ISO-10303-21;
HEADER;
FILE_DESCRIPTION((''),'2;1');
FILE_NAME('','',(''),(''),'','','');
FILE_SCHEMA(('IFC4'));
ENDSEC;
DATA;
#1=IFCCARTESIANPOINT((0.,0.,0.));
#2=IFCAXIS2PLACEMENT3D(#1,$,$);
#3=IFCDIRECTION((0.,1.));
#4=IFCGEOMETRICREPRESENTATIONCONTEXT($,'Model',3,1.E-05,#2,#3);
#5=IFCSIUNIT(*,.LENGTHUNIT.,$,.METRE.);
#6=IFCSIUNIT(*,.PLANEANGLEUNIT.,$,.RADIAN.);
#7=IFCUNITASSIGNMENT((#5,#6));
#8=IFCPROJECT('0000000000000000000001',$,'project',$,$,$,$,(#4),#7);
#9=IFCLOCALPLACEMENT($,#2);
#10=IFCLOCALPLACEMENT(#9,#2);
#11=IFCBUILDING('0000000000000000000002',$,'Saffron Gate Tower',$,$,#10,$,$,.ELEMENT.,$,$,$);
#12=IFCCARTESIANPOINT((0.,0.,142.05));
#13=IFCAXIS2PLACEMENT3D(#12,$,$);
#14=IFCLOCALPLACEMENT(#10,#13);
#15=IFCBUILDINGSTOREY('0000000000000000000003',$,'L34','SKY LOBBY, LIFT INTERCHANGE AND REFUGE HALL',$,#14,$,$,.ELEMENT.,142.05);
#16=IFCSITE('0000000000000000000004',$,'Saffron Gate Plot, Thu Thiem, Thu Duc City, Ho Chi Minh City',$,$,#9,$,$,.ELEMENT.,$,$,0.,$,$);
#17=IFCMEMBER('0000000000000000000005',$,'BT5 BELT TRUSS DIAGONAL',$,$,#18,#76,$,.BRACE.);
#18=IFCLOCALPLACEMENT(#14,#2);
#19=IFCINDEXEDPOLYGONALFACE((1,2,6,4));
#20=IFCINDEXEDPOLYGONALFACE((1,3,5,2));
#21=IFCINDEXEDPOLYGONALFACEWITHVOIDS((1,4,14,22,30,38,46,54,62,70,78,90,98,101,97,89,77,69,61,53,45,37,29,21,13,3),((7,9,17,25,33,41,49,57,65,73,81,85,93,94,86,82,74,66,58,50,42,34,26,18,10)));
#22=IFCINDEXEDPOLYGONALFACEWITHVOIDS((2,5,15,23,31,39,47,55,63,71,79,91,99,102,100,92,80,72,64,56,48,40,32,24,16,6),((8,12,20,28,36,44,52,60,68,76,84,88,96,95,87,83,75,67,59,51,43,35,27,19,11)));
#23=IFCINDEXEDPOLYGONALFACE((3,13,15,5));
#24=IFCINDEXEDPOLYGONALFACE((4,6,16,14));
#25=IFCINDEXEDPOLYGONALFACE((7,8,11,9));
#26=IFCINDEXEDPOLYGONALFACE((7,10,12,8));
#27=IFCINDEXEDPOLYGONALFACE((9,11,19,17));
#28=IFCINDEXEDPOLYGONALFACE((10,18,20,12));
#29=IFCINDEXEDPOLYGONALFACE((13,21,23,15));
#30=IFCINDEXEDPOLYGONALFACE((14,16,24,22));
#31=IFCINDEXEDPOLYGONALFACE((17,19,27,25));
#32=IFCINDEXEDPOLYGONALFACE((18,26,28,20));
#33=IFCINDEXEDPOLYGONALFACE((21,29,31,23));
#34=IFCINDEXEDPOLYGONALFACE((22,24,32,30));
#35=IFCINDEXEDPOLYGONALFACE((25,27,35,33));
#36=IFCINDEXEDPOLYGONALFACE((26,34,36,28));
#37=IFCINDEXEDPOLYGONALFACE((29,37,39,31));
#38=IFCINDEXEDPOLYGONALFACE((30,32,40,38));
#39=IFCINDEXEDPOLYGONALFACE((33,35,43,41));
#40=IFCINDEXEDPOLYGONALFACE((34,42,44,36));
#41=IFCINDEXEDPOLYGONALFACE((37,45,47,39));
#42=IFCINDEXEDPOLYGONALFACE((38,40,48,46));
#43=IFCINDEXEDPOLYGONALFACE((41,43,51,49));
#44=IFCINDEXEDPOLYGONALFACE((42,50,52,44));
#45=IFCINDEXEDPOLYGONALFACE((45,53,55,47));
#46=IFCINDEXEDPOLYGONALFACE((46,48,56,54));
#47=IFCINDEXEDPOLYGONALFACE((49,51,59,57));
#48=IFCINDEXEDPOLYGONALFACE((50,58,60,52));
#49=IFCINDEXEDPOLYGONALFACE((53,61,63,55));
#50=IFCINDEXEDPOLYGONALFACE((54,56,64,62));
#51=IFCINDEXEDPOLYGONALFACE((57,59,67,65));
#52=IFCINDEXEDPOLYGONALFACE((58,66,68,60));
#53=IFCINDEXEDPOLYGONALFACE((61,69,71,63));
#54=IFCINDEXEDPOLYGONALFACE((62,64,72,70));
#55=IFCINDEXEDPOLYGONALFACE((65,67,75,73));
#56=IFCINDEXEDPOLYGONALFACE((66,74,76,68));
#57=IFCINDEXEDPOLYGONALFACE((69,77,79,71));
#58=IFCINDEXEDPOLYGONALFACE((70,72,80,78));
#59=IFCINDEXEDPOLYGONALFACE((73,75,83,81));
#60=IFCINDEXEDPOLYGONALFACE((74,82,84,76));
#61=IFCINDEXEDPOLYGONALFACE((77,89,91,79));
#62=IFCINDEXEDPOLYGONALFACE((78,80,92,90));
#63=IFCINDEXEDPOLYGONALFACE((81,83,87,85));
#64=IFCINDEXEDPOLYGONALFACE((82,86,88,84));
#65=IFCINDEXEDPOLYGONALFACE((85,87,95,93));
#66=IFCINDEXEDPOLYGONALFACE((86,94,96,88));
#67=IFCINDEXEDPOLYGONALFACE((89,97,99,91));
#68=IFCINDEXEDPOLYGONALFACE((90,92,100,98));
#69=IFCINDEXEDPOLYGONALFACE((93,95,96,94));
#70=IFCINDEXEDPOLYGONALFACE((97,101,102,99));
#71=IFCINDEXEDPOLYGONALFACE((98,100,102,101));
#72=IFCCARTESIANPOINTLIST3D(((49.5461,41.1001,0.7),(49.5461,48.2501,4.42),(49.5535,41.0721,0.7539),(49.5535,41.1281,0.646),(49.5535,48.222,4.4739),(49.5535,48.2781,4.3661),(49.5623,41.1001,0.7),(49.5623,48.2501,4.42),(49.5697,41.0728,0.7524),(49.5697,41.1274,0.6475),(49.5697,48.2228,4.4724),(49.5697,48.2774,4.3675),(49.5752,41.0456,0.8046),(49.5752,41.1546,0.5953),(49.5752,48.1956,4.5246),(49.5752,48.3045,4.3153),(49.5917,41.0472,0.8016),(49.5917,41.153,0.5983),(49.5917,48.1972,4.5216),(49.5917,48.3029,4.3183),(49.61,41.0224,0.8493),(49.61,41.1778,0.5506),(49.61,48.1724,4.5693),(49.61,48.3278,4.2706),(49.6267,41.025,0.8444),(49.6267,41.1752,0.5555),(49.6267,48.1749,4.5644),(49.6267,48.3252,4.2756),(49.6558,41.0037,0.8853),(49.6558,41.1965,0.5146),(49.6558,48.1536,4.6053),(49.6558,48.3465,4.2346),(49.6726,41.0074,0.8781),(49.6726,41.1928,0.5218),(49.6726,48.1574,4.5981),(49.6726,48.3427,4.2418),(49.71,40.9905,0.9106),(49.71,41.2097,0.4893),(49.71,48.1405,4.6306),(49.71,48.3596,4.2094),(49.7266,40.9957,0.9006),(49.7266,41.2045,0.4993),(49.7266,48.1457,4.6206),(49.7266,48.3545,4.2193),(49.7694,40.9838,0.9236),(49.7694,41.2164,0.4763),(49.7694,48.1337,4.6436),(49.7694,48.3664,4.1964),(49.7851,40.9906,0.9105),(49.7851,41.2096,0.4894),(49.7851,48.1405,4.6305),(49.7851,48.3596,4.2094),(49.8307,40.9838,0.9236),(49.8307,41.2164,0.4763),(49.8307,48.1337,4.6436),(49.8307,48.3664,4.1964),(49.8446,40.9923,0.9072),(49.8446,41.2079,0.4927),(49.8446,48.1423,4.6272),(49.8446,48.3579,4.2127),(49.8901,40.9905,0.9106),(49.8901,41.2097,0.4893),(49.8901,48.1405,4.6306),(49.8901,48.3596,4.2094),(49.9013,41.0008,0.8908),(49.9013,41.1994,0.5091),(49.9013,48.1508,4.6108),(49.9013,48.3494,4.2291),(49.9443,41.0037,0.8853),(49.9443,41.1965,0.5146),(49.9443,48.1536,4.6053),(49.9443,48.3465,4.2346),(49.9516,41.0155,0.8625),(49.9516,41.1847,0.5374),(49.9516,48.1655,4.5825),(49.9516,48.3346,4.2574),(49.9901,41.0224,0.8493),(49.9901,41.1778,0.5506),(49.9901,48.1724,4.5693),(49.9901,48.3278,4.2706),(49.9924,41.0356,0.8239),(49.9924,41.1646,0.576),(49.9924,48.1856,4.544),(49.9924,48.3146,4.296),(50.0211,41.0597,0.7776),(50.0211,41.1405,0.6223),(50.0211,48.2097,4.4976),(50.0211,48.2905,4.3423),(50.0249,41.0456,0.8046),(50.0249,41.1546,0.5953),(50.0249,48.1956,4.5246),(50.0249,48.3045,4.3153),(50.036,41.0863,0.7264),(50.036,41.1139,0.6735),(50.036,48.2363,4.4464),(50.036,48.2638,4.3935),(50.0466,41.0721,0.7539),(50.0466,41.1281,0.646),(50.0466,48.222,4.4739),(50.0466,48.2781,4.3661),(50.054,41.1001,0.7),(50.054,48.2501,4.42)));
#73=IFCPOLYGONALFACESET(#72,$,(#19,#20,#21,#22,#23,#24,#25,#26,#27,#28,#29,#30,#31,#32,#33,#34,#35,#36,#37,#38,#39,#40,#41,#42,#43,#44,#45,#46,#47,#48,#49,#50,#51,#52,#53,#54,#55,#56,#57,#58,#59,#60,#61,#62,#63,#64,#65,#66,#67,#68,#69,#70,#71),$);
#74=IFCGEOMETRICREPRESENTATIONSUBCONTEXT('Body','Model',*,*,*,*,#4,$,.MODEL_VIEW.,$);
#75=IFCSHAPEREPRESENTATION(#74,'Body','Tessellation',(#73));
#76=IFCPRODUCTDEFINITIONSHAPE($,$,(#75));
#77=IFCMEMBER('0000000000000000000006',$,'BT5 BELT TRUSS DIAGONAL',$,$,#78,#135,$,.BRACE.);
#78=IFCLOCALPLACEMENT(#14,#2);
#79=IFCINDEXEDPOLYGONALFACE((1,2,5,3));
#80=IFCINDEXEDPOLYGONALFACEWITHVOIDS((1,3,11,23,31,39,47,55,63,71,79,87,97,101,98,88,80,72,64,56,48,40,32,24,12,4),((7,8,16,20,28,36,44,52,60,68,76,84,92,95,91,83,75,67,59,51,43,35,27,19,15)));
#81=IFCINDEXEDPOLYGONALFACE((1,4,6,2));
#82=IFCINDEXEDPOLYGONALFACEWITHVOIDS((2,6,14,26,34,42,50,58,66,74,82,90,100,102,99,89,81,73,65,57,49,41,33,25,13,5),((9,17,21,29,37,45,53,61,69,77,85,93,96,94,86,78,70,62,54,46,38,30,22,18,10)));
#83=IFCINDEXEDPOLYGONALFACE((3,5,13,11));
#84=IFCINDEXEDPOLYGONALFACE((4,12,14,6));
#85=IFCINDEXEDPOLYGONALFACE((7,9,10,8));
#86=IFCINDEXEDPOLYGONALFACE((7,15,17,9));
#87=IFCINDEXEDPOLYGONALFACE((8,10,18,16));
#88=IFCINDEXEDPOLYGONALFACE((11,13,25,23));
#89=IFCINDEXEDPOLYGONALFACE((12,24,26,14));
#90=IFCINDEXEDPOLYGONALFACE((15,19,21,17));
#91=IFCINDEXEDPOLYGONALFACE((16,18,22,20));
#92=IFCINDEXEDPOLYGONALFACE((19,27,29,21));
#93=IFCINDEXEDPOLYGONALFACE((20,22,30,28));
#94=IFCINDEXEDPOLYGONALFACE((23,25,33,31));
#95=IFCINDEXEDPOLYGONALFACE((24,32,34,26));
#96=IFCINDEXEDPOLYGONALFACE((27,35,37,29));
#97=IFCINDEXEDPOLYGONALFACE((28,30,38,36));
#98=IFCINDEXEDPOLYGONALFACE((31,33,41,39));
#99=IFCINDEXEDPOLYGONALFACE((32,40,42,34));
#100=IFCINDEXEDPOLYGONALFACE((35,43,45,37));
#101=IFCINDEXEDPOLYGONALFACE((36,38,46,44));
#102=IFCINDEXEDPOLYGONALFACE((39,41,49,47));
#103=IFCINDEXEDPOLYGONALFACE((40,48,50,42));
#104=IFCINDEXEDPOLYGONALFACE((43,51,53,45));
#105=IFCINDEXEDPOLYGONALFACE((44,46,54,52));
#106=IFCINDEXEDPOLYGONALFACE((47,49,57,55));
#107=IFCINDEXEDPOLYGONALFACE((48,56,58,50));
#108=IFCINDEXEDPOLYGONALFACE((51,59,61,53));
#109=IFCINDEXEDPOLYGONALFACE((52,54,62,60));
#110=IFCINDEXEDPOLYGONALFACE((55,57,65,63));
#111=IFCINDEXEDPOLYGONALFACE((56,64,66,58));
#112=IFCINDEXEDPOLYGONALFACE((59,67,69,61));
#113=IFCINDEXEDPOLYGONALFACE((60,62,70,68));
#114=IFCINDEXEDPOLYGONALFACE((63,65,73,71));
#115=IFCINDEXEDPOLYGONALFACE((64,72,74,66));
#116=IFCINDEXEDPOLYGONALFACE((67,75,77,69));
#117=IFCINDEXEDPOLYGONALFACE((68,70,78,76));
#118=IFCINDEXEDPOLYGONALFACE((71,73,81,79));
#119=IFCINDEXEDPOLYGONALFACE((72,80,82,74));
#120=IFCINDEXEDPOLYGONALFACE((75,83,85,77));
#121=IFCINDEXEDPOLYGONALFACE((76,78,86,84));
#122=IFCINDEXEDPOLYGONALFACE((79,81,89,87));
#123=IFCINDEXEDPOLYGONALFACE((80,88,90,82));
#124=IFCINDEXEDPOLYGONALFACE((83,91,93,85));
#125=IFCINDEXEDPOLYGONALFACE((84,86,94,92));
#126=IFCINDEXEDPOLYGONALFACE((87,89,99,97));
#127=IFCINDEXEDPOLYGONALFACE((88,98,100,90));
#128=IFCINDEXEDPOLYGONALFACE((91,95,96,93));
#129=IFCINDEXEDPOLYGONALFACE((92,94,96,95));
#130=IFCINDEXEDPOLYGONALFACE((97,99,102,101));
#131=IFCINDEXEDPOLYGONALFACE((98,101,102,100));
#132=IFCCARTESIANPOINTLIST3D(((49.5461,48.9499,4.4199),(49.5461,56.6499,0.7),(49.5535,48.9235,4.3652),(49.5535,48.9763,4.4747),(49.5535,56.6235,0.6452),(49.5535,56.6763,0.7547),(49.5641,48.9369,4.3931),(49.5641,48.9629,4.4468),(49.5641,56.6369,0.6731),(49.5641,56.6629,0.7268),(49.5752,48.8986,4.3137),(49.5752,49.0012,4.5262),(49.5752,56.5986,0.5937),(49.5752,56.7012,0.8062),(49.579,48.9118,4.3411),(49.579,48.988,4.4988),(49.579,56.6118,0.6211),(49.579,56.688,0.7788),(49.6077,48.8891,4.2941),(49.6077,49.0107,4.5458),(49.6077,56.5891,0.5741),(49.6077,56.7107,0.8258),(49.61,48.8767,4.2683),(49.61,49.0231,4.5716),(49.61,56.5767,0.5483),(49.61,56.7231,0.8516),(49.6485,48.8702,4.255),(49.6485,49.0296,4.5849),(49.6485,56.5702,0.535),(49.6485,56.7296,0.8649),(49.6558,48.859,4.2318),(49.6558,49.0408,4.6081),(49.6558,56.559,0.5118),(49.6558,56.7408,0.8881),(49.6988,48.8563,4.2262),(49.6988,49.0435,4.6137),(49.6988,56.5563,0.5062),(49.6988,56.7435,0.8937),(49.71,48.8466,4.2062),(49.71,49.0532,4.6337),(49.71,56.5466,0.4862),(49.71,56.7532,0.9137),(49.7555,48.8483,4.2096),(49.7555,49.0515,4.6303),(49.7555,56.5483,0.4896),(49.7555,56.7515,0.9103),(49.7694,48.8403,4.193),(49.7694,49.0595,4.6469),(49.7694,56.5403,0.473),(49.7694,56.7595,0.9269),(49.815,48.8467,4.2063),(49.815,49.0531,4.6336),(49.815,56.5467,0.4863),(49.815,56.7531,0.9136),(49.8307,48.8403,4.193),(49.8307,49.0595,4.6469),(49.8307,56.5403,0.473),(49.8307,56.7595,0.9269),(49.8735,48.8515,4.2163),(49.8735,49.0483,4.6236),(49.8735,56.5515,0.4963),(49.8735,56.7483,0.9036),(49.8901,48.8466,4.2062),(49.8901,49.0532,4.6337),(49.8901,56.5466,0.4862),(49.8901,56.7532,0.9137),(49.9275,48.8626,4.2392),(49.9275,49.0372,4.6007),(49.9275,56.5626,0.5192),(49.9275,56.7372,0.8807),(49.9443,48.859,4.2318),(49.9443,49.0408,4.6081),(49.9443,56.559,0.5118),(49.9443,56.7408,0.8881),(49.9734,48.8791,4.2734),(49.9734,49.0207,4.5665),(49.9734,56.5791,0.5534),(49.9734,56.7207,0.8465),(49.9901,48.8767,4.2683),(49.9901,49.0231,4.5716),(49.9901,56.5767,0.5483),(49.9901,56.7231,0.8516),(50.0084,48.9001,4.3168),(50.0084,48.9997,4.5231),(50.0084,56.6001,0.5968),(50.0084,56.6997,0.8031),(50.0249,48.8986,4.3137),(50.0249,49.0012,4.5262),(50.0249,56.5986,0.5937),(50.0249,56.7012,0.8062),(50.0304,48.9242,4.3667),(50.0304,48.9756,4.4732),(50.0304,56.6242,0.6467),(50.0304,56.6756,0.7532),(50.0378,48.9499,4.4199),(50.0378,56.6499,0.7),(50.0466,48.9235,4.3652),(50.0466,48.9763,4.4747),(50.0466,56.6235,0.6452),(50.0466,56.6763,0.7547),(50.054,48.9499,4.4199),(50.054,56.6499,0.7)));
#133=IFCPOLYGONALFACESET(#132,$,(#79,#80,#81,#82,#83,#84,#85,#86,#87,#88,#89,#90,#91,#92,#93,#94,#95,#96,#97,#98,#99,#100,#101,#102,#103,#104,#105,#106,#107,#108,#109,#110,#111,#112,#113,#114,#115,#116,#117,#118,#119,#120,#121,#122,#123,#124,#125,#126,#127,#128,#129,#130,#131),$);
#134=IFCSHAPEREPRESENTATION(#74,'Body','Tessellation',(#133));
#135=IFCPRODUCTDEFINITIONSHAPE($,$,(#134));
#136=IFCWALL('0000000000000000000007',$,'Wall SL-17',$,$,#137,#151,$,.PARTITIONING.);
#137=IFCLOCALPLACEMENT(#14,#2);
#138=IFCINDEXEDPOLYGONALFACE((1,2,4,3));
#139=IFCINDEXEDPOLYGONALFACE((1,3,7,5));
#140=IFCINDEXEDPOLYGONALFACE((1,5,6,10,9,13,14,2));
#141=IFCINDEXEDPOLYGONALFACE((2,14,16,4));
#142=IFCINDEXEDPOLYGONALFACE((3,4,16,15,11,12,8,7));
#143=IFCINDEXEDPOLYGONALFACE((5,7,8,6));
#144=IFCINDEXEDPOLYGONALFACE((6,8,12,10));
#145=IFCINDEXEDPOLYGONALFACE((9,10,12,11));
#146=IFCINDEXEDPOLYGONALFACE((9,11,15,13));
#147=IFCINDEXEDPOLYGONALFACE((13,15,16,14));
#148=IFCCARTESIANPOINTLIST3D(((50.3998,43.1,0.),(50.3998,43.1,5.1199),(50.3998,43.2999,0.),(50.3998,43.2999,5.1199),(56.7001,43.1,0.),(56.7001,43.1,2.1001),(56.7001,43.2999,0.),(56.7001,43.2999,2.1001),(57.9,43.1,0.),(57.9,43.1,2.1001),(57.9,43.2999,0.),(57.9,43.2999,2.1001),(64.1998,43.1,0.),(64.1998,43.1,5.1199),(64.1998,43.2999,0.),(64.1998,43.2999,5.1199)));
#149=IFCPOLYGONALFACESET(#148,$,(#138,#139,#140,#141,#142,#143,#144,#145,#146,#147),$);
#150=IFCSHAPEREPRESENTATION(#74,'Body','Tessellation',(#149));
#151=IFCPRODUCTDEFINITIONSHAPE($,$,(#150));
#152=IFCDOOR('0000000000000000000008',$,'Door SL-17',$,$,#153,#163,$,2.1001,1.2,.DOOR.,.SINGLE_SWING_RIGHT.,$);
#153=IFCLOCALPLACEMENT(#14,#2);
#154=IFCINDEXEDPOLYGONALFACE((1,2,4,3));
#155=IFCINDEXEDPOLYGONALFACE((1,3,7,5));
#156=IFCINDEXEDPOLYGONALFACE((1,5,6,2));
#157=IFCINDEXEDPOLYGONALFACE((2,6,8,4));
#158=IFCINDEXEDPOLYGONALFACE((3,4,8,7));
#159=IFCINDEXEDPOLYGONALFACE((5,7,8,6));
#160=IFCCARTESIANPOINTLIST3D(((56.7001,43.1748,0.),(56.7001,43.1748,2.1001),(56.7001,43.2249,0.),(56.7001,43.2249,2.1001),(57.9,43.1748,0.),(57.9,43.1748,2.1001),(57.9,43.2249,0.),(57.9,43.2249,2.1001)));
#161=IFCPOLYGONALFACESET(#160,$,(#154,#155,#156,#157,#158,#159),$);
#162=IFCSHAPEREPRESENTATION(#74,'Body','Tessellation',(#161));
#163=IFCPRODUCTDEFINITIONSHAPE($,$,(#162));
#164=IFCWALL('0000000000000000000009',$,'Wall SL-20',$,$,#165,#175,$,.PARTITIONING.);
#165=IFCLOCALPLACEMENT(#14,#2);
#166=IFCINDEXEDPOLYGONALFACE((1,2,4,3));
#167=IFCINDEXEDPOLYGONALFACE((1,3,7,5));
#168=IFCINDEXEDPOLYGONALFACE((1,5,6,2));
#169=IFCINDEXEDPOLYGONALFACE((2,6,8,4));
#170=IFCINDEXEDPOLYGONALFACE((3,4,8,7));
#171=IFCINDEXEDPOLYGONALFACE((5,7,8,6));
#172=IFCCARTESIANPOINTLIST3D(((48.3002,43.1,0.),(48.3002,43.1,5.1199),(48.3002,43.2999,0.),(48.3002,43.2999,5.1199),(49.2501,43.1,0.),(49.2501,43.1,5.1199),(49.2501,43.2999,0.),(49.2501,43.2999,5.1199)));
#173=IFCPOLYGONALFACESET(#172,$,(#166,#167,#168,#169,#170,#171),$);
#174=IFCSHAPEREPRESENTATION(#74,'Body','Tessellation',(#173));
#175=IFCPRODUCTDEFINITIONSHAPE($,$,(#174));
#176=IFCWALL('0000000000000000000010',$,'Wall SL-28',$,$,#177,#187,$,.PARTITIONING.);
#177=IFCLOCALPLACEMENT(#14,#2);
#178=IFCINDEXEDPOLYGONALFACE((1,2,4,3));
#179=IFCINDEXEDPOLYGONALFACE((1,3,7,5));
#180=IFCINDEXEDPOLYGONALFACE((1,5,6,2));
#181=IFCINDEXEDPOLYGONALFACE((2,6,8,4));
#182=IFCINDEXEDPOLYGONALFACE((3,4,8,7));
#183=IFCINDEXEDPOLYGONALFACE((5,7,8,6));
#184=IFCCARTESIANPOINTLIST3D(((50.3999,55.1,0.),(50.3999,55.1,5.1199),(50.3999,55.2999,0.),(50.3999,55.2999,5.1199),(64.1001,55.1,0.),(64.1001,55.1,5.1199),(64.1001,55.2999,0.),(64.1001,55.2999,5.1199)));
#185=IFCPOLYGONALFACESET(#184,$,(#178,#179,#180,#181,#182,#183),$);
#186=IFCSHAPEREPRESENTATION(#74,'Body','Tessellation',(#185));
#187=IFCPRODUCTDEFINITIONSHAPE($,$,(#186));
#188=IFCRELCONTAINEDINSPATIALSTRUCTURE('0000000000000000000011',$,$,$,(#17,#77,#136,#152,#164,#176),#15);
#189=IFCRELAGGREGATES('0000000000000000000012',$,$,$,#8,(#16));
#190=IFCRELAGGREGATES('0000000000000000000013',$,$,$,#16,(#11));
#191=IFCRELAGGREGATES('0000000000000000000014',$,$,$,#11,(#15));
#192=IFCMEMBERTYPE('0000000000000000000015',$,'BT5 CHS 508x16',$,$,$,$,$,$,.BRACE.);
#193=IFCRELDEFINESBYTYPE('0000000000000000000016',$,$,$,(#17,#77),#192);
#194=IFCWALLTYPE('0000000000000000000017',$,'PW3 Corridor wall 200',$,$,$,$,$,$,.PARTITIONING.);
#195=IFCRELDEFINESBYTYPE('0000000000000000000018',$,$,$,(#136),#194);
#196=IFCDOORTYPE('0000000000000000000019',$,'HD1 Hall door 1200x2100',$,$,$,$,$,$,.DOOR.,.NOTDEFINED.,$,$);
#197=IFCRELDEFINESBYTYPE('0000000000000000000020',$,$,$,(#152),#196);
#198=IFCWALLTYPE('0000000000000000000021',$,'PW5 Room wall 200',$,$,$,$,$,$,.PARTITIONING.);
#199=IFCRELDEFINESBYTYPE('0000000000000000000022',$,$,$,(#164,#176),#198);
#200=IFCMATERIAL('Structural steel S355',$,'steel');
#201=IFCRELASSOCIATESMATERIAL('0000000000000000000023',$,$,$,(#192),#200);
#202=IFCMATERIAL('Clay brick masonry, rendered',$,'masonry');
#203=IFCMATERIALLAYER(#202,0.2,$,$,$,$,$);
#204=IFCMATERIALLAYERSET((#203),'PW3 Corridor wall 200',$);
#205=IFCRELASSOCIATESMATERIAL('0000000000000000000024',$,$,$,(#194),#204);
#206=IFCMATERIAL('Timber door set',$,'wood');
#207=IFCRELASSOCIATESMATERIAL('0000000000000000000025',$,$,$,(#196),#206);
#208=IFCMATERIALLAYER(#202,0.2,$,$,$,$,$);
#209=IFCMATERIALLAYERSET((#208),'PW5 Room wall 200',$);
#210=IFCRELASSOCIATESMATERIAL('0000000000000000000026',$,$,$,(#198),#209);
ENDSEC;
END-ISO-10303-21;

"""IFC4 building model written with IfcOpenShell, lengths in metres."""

from ifc_helpers import new_model, si_unit, direction, frame, frame_2d, origin, origin_2d, place, context, subcontext, project, spatial, rectangle, hollow_circle, extrude, material, layer, layer_set, material_profile, profile_set, type_object, element, fill, save


model = new_model("IFC4")

# Units and contexts
model_context = context("Model", 3, precision=1e-05, world=origin(), true_north=direction((0.0, 1.0)))
body_context = subcontext(model_context, "Body", "Model", "MODEL_VIEW")
ifc_project = project(units=[si_unit("LENGTHUNIT", "METRE"), si_unit("PLANEANGLEUNIT", "RADIAN")], contexts=[model_context])

# Site, building, storey
site_placement = place(None, origin())
site = spatial("IfcSite", under=ifc_project, at=site_placement, Name="Saffron Gate Plot, Thu Thiem, Thu Duc City, Ho Chi Minh City", CompositionType="ELEMENT", RefElevation=0.0)
building_placement = place(site_placement, origin())
building = spatial("IfcBuilding", under=site, at=building_placement, Name="Saffron Gate Tower", CompositionType="ELEMENT")
storey_placement = place(building_placement, frame((0.0, 0.0, 142.05)))
storey = spatial("IfcBuildingStorey", under=building, at=storey_placement, Name="L34", Description="SKY LOBBY, LIFT INTERCHANGE AND REFUGE HALL", CompositionType="ELEMENT", Elevation=142.05)

# Shared definitions
ifc_material_1 = material(Name="Structural steel S355", Category="steel")

# Members
ifc_material_profile_1 = material_profile(ifc_material_1, hollow_circle(Radius=0.2539, WallThickness=0.0161, at=origin_2d()))
ifc_profile_set_1 = profile_set([ifc_material_profile_1], Name="Structural steel S355")
member_type_1 = type_object("IfcMemberType", Name="BT5 CHS 508x16", PredefinedType="BRACE", material=ifc_profile_set_1)
member_1_placement = place(storey_placement, frame((49.8, 41.1001, 0.7), z_axis=(0.0, 0.887114, 0.46155), x_axis=(-1.0, 0.0, 0.0)))
element("IfcMember", 1, at=member_1_placement, inside=storey, type_object=member_type_1, Name="BT5 BELT TRUSS DIAGONAL", PredefinedType="BRACE", context=body_context, shape_type="SweptSolid", body=[
    extrude(hollow_circle(Radius=0.2539, WallThickness=0.0161, at=origin_2d()), origin(), (0.0, 0.0, 1.0), 8.0598),
])
member_2_placement = place(storey_placement, frame((49.8, 56.6499, 0.7), z_axis=(0.0, -0.900426, 0.43501), x_axis=(1.0, 0.0, 0.0)))
element("IfcMember", 2, at=member_2_placement, inside=storey, type_object=member_type_1, Name="BT5 BELT TRUSS DIAGONAL", PredefinedType="BRACE", context=body_context, shape_type="SweptSolid", body=[
    extrude(hollow_circle(Radius=0.2539, WallThickness=0.0161, at=origin_2d()), origin(), (0.0, 0.0, 1.0), 8.5515),
])

# Wall, opening, door
ifc_material_2 = material(Name="Clay brick masonry, rendered", Category="masonry")
ifc_layer_1 = layer(ifc_material_2, 0.2)
ifc_layer_set_1 = layer_set([ifc_layer_1], Name="PW3 Corridor wall 200")
wall_type_1 = type_object("IfcWallType", Name="PW3 Corridor wall 200", PredefinedType="PARTITIONING", material=ifc_layer_set_1)
wall_1_placement = place(storey_placement, frame((50.3999, 43.2, 0.0), z_axis=(0.0, 0.0, 1.0), x_axis=(1.0, 0.0, 0.0)))
wall_1 = element("IfcWall", 3, at=wall_1_placement, inside=storey, type_object=wall_type_1, Name="Wall SL-17", PredefinedType="PARTITIONING", context=body_context, shape_type="SweptSolid", body=[
    extrude(rectangle(XDim=13.8, YDim=0.2, at=frame_2d((6.8999, 0.0))), origin(), (0.0, 0.0, 1.0), 5.1199),
])
opening_placement = place(wall_1_placement, frame((6.3, 0.0, 0.0)))
opening = element("IfcOpeningElement", 4, at=opening_placement, cuts=wall_1, PredefinedType="OPENING", context=body_context, shape_type="SweptSolid", body=[
    extrude(rectangle(XDim=1.2, YDim=2.1001, at=frame_2d((0.6001, 1.05))), frame((0.0, 0.1099, 0.0), z_axis=(0.0, -1.0, 0.0), x_axis=(1.0, 0.0, 0.0)), (0.0, 0.0, 1.0), 0.22),
])
ifc_material_3 = material(Name="Timber door set", Category="wood")
door_type = type_object("IfcDoorType", Name="HD1 Hall door 1200x2100", OperationType="NOTDEFINED", PredefinedType="DOOR", material=ifc_material_3)
door_placement = place(opening_placement, origin())
door = element("IfcDoor", 5, at=door_placement, inside=storey, type_object=door_type, Name="Door SL-17", OperationType="SINGLE_SWING_RIGHT", OverallHeight=2.1001, OverallWidth=1.2, PredefinedType="DOOR", context=body_context, shape_type="SweptSolid", body=[
    extrude(rectangle(XDim=1.2, YDim=2.1001, at=frame_2d((0.6001, 1.05))), frame((0.0, 0.0249, 0.0), z_axis=(0.0, -1.0, 0.0), x_axis=(1.0, 0.0, 0.0)), (0.0, 0.0, 1.0), 0.05),
])
fill(opening, door)

# Walls
ifc_layer_2 = layer(ifc_material_2, 0.2)
ifc_layer_set_2 = layer_set([ifc_layer_2], Name="PW5 Room wall 200")
wall_type_2 = type_object("IfcWallType", Name="PW5 Room wall 200", PredefinedType="PARTITIONING", material=ifc_layer_set_2)
wall_2_placement = place(storey_placement, frame((48.3, 43.2, 0.0), z_axis=(0.0, 0.0, 1.0), x_axis=(1.0, 0.0, 0.0)))
element("IfcWall", 6, at=wall_2_placement, inside=storey, type_object=wall_type_2, Name="Wall SL-20", PredefinedType="PARTITIONING", context=body_context, shape_type="SweptSolid", body=[
    extrude(rectangle(XDim=0.95, YDim=0.2, at=frame_2d((0.4751, 0.0))), origin(), (0.0, 0.0, 1.0), 5.1199),
])
wall_3_placement = place(storey_placement, frame((50.3999, 55.2, 0.0), z_axis=(0.0, 0.0, 1.0), x_axis=(1.0, 0.0, 0.0)))
element("IfcWall", 7, at=wall_3_placement, inside=storey, type_object=wall_type_2, Name="Wall SL-28", PredefinedType="PARTITIONING", context=body_context, shape_type="SweptSolid", body=[
    extrude(rectangle(XDim=13.7002, YDim=0.2, at=frame_2d((6.8501, 0.0))), origin(), (0.0, 0.0, 1.0), 5.1199),
])

save(model, "model.ifc")
